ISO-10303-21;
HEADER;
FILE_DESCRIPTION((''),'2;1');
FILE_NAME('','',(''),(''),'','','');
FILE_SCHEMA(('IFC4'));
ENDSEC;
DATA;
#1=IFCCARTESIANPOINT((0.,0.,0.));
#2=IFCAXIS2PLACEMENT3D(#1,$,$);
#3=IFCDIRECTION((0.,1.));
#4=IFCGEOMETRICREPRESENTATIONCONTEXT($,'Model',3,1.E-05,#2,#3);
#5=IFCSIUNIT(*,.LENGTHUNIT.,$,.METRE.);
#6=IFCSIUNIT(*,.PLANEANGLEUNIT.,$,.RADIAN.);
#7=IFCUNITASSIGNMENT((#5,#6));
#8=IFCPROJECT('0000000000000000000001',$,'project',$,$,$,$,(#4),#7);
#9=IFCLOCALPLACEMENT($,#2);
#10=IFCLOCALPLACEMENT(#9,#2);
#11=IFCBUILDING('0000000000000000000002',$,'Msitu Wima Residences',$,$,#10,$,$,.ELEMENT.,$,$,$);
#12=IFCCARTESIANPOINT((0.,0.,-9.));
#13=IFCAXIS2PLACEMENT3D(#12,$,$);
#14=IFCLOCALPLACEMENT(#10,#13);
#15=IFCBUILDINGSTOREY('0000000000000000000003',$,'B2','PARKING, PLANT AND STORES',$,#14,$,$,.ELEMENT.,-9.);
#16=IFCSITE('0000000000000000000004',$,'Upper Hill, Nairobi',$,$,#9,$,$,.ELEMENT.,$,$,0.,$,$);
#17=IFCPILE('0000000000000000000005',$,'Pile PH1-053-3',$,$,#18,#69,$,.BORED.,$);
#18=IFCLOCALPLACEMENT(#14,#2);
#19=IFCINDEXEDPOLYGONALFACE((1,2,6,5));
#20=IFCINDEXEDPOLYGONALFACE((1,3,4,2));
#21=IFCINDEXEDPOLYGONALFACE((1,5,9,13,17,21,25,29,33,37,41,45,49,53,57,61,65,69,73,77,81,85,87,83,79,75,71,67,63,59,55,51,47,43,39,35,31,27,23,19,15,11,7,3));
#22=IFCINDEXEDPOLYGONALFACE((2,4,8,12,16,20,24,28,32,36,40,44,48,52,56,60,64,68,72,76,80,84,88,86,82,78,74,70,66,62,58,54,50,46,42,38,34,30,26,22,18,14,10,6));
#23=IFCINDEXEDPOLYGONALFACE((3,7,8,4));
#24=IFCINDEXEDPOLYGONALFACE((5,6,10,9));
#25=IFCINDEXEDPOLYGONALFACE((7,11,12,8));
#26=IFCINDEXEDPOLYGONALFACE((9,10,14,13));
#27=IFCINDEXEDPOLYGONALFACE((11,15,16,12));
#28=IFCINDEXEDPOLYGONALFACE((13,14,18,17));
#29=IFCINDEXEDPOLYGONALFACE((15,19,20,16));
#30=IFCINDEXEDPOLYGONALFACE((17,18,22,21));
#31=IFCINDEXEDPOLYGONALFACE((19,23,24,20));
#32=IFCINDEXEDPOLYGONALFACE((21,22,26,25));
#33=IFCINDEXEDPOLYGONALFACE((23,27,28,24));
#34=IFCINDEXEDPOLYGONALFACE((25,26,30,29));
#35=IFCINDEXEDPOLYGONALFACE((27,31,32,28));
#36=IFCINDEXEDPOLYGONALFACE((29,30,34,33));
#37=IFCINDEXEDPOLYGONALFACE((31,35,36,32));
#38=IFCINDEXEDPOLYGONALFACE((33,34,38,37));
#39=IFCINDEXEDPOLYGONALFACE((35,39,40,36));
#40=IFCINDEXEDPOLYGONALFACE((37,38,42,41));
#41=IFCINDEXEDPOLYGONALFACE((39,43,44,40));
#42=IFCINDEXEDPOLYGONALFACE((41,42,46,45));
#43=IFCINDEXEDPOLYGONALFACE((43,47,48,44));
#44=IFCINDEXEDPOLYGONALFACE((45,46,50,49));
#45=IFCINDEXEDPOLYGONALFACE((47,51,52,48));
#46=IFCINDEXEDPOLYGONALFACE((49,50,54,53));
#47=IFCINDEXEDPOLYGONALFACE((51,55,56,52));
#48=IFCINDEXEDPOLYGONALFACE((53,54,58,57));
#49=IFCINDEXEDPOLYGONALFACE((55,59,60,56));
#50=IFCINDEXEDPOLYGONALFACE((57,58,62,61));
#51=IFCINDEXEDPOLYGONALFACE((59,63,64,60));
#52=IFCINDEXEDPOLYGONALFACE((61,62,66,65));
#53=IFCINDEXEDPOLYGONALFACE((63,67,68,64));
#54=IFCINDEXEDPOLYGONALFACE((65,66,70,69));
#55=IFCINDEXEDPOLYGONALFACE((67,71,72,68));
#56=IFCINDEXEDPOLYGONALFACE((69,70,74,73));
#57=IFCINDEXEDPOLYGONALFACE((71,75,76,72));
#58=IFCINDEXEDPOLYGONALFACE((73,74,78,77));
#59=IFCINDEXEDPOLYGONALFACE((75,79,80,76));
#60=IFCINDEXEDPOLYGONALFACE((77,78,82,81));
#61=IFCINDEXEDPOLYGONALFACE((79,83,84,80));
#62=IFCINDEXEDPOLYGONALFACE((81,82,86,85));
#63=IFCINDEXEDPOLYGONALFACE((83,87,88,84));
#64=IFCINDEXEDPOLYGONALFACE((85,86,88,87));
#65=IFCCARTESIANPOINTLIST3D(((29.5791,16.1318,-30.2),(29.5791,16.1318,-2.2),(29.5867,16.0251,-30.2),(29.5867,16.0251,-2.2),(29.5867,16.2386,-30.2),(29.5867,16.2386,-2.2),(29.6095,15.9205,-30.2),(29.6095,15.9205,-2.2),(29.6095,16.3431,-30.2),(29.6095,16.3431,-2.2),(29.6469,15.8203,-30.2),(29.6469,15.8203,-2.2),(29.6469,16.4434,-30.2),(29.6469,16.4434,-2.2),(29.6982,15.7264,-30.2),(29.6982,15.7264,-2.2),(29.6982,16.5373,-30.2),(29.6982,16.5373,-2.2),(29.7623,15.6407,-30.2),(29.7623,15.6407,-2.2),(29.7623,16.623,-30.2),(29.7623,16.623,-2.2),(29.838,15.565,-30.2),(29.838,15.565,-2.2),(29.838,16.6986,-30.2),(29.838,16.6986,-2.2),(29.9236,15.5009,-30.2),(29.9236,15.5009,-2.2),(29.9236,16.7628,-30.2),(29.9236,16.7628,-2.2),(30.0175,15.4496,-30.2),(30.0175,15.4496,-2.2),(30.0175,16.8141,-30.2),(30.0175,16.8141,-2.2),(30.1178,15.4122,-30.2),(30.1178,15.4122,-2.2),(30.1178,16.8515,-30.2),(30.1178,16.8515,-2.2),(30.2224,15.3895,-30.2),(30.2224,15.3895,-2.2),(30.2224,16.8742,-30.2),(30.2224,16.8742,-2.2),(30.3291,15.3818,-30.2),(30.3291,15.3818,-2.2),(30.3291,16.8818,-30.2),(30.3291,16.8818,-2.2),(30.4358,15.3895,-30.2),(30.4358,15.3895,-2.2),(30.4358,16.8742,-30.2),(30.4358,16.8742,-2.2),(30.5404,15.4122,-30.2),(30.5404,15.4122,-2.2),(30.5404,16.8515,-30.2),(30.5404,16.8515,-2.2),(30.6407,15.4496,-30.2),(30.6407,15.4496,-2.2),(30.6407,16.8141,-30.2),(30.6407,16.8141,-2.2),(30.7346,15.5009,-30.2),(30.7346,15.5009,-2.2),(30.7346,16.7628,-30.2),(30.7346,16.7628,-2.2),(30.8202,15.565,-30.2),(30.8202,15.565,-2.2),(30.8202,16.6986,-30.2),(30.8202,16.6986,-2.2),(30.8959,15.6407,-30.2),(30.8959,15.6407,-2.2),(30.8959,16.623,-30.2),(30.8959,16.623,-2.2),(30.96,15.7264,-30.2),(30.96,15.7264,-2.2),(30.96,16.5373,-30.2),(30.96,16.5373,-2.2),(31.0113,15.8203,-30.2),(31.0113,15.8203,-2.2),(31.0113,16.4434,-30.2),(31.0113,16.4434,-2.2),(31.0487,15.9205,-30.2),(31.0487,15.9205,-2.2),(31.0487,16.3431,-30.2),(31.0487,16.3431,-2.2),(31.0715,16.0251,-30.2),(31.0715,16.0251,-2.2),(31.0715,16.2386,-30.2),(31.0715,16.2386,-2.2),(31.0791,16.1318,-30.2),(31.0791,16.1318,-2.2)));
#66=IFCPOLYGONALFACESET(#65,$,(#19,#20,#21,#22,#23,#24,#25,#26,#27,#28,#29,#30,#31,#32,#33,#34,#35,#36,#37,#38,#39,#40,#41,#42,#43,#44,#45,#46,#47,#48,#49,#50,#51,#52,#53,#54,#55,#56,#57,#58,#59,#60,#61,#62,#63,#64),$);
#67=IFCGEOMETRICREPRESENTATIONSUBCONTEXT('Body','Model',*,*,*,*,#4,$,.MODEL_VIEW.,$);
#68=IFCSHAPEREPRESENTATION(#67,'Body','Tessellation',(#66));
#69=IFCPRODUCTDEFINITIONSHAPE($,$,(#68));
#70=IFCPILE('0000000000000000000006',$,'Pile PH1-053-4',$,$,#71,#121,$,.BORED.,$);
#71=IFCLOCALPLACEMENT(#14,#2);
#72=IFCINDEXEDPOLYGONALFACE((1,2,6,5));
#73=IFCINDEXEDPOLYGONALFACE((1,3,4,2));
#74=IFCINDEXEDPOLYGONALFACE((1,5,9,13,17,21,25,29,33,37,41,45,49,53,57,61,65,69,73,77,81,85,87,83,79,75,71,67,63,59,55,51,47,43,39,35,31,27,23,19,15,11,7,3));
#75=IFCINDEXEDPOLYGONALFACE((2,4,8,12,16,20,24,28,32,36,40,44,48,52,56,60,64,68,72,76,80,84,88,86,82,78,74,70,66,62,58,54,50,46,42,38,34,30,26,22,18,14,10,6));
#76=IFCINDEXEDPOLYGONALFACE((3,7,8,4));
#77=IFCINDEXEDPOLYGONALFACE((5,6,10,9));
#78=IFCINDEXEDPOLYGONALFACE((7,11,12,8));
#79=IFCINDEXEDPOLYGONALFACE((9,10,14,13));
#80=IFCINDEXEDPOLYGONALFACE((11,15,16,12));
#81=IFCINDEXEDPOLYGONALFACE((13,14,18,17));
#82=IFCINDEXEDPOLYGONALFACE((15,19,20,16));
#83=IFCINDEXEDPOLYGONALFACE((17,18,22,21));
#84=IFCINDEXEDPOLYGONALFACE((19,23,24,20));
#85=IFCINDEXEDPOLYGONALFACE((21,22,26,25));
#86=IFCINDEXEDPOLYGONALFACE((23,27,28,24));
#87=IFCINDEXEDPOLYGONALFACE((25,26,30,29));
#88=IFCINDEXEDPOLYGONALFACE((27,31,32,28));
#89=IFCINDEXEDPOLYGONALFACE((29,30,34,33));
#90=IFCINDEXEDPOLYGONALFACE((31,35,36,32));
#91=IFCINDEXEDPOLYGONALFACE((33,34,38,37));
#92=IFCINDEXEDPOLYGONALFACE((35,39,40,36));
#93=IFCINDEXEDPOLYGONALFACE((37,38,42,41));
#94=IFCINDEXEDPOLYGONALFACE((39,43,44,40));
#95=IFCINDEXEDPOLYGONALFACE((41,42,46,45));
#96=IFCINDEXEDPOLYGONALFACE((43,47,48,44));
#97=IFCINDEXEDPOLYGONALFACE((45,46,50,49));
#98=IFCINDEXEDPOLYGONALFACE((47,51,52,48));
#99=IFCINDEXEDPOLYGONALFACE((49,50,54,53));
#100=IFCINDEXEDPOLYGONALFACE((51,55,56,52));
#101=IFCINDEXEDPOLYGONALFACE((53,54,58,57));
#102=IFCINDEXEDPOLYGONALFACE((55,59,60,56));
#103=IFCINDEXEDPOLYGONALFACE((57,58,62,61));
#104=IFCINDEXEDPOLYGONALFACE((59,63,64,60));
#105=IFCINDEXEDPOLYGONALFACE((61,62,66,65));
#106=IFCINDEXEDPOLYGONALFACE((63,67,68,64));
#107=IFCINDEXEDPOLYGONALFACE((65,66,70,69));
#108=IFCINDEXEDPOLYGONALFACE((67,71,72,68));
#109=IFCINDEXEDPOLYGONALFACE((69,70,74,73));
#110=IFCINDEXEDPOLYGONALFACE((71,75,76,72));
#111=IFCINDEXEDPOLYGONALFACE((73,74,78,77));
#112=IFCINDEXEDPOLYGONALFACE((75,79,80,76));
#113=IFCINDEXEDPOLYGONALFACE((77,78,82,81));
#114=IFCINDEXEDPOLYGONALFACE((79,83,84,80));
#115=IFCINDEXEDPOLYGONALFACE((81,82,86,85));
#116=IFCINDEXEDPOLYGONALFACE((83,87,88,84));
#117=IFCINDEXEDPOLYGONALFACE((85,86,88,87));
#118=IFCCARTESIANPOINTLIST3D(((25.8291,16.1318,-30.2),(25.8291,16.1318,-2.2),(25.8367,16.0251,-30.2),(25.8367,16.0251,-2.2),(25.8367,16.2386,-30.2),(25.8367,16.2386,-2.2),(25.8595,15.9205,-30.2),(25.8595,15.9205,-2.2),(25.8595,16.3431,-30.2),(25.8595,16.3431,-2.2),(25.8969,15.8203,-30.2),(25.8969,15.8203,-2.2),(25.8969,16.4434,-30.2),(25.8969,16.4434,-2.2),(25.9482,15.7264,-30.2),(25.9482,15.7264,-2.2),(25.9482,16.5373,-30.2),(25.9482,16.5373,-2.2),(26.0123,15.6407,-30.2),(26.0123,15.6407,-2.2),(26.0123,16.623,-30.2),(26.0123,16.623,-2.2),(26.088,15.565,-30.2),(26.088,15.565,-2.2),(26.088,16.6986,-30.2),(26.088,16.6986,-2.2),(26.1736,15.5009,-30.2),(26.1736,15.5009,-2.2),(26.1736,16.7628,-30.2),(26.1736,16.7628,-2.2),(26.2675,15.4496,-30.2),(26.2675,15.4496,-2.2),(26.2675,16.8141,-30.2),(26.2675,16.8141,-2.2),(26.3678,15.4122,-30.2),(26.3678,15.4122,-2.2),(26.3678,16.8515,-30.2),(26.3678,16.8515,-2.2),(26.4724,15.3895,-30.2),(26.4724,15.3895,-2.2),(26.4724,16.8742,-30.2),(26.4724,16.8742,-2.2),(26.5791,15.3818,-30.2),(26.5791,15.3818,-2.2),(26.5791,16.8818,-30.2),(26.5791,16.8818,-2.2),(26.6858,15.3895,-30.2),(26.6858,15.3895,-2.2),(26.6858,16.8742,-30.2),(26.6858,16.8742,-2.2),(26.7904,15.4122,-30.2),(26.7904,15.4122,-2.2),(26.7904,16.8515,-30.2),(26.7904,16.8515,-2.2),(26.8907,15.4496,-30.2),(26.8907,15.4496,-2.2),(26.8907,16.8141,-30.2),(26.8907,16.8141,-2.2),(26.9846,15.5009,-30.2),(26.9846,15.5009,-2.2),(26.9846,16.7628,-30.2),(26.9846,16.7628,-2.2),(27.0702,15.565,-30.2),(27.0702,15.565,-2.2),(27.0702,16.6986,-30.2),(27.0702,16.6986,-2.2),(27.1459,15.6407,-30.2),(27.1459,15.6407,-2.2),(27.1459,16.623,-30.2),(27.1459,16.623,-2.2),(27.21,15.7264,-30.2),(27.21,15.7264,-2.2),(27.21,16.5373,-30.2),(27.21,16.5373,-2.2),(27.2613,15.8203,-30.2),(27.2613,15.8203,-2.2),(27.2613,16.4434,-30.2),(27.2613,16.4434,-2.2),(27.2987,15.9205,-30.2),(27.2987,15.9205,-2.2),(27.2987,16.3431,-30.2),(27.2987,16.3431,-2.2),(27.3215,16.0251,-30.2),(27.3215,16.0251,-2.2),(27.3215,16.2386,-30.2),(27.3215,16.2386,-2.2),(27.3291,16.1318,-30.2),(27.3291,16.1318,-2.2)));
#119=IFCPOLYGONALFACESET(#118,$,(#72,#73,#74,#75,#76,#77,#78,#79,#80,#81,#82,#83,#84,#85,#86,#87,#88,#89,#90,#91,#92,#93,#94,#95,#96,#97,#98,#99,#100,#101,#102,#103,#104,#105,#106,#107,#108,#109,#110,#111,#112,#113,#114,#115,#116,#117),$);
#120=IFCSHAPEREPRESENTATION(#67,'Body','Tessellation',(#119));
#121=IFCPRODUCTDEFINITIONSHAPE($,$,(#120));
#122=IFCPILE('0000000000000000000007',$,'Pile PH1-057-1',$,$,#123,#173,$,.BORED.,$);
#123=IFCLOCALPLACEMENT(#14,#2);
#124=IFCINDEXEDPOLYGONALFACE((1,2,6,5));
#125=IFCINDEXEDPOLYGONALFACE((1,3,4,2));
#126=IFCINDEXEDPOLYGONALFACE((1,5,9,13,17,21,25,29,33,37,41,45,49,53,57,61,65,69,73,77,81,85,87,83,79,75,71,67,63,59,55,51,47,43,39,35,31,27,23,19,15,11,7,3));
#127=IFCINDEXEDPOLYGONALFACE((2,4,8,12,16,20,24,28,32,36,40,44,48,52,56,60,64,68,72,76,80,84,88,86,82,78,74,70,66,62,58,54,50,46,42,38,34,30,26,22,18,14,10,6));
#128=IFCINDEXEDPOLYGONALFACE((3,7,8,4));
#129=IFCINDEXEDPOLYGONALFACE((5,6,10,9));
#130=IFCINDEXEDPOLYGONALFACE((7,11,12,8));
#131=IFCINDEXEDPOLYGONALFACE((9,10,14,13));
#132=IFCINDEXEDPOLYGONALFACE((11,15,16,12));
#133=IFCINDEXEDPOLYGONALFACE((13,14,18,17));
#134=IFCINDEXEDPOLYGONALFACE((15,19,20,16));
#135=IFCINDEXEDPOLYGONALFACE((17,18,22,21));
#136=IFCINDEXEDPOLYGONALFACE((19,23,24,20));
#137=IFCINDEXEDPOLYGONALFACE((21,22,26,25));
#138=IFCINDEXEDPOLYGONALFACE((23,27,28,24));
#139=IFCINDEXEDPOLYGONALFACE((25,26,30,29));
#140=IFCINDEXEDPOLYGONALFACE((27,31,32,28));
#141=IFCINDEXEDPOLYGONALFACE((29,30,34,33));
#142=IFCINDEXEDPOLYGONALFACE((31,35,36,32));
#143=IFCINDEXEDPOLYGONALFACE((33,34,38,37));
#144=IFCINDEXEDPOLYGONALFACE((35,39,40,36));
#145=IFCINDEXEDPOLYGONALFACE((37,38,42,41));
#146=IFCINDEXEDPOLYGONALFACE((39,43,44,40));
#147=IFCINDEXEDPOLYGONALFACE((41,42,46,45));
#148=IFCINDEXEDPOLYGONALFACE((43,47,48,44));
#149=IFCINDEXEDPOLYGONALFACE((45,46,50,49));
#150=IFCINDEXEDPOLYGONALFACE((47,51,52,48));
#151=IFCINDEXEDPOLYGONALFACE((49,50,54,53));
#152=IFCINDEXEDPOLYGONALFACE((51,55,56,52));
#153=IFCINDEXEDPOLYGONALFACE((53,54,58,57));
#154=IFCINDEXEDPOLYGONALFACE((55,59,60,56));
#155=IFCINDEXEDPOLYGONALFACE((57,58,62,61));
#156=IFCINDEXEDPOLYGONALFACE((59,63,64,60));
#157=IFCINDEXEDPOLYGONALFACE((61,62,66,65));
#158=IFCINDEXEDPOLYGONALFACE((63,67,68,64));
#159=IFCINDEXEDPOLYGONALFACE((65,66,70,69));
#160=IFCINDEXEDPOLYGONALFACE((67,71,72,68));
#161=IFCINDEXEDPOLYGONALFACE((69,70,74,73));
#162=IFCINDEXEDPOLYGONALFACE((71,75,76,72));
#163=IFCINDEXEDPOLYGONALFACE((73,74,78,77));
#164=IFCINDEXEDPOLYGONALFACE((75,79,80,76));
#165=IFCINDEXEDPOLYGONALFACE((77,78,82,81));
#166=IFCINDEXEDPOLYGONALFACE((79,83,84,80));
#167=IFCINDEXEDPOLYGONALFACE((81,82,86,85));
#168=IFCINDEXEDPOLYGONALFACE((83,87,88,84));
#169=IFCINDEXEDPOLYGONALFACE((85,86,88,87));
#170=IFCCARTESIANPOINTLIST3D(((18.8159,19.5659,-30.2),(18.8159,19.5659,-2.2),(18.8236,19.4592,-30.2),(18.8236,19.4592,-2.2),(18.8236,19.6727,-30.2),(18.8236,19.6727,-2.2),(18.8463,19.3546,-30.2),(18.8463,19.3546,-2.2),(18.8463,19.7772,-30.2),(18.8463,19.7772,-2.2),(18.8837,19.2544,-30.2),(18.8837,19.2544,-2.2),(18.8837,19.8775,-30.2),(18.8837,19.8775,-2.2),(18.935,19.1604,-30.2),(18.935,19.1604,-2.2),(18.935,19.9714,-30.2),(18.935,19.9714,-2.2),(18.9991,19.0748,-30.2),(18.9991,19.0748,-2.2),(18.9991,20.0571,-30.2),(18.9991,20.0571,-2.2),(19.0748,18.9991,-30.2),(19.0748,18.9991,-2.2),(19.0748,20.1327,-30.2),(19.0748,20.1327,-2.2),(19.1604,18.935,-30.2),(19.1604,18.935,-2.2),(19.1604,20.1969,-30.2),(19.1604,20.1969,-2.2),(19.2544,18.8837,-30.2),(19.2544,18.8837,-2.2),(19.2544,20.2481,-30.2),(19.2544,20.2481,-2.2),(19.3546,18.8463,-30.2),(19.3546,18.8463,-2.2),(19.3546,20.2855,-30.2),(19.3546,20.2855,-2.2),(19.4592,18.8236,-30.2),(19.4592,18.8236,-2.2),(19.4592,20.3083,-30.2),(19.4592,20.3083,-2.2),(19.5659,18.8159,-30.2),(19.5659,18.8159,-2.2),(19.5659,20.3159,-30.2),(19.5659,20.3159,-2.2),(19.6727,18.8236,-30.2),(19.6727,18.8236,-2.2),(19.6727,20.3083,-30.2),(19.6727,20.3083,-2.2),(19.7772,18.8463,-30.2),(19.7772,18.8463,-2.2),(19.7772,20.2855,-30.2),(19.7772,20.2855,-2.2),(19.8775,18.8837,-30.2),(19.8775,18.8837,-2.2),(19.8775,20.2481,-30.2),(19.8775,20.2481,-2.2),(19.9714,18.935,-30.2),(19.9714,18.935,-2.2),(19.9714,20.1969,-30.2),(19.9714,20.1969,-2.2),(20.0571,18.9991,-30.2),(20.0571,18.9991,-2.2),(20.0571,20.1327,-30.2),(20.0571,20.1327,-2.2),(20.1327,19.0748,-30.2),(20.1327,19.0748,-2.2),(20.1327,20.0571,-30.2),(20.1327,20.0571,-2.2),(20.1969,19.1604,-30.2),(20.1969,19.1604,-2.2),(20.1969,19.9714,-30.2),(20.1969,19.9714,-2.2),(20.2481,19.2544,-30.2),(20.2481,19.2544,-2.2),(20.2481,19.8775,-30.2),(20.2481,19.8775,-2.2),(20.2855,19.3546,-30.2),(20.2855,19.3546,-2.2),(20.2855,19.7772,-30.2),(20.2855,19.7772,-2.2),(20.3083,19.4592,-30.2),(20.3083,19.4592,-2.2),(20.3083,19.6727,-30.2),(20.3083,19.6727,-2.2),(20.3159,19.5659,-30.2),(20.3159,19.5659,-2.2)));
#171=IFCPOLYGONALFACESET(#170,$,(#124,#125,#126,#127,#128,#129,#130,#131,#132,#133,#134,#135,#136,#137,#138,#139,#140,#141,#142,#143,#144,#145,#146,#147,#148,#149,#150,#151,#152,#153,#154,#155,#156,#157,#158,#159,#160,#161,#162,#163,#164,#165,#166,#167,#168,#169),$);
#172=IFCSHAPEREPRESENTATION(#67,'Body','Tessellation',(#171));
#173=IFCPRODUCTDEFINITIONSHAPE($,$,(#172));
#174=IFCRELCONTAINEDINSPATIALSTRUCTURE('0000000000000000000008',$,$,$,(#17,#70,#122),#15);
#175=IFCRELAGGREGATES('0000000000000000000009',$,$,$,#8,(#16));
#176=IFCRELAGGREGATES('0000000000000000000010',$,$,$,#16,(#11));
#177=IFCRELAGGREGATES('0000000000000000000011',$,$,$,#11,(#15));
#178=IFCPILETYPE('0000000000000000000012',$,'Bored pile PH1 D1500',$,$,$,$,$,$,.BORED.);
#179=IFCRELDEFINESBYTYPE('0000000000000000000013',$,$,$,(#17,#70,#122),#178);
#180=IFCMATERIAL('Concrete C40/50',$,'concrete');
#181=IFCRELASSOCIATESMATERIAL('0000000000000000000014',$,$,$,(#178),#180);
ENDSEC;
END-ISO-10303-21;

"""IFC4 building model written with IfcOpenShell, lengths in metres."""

from ifc_helpers import new_model, si_unit, direction, frame, origin, origin_2d, place, context, subcontext, project, spatial, circle, extrude, material, type_object, element, save


model = new_model("IFC4")

# Units and contexts
model_context = context("Model", 3, precision=1e-05, world=origin(), true_north=direction((0.0, 1.0)))
body_context = subcontext(model_context, "Body", "Model", "MODEL_VIEW")
ifc_project = project(units=[si_unit("LENGTHUNIT", "METRE"), si_unit("PLANEANGLEUNIT", "RADIAN")], contexts=[model_context])

# Site, building, storey
site_placement = place(None, origin())
site = spatial("IfcSite", under=ifc_project, at=site_placement, Name="Upper Hill, Nairobi", CompositionType="ELEMENT", RefElevation=0.0)
building_placement = place(site_placement, origin())
building = spatial("IfcBuilding", under=site, at=building_placement, Name="Msitu Wima Residences", CompositionType="ELEMENT")
storey_placement = place(building_placement, frame((0.0, 0.0, -9.0)))
storey = spatial("IfcBuildingStorey", under=building, at=storey_placement, Name="B2", Description="PARKING, PLANT AND STORES", CompositionType="ELEMENT", Elevation=-9.0)

# Piles
ifc_material_1 = material(Name="Concrete C40/50", Category="concrete")
pile_type_1 = type_object("IfcPileType", Name="Bored pile PH1 D1500", PredefinedType="BORED", material=ifc_material_1)
for number, where, z_axis, x_axis, name in (
    (1, (30.3291, 16.1318, -2.2), (0.0, 0.0, -1.0), (1.0, 0.0, 0.0), "Pile PH1-053-3"),
    (2, (26.5791, 16.1318, -2.2), (0.0, 0.0, -1.0), (1.0, 0.0, 0.0), "Pile PH1-053-4"),
    (3, (19.5659, 19.5659, -2.2), (0.0, 0.0, -1.0), (1.0, 0.0, 0.0), "Pile PH1-057-1"),
):
    element("IfcPile", number, at=place(storey_placement, frame(where, z_axis=z_axis, x_axis=x_axis)), inside=storey, type_object=pile_type_1, Name=name, PredefinedType="BORED", context=body_context, shape_type="SweptSolid", body=[
        extrude(circle(Radius=0.75, at=origin_2d()), origin(), (0.0, 0.0, 1.0), 28.0),
    ])

save(model, "model.ifc")
